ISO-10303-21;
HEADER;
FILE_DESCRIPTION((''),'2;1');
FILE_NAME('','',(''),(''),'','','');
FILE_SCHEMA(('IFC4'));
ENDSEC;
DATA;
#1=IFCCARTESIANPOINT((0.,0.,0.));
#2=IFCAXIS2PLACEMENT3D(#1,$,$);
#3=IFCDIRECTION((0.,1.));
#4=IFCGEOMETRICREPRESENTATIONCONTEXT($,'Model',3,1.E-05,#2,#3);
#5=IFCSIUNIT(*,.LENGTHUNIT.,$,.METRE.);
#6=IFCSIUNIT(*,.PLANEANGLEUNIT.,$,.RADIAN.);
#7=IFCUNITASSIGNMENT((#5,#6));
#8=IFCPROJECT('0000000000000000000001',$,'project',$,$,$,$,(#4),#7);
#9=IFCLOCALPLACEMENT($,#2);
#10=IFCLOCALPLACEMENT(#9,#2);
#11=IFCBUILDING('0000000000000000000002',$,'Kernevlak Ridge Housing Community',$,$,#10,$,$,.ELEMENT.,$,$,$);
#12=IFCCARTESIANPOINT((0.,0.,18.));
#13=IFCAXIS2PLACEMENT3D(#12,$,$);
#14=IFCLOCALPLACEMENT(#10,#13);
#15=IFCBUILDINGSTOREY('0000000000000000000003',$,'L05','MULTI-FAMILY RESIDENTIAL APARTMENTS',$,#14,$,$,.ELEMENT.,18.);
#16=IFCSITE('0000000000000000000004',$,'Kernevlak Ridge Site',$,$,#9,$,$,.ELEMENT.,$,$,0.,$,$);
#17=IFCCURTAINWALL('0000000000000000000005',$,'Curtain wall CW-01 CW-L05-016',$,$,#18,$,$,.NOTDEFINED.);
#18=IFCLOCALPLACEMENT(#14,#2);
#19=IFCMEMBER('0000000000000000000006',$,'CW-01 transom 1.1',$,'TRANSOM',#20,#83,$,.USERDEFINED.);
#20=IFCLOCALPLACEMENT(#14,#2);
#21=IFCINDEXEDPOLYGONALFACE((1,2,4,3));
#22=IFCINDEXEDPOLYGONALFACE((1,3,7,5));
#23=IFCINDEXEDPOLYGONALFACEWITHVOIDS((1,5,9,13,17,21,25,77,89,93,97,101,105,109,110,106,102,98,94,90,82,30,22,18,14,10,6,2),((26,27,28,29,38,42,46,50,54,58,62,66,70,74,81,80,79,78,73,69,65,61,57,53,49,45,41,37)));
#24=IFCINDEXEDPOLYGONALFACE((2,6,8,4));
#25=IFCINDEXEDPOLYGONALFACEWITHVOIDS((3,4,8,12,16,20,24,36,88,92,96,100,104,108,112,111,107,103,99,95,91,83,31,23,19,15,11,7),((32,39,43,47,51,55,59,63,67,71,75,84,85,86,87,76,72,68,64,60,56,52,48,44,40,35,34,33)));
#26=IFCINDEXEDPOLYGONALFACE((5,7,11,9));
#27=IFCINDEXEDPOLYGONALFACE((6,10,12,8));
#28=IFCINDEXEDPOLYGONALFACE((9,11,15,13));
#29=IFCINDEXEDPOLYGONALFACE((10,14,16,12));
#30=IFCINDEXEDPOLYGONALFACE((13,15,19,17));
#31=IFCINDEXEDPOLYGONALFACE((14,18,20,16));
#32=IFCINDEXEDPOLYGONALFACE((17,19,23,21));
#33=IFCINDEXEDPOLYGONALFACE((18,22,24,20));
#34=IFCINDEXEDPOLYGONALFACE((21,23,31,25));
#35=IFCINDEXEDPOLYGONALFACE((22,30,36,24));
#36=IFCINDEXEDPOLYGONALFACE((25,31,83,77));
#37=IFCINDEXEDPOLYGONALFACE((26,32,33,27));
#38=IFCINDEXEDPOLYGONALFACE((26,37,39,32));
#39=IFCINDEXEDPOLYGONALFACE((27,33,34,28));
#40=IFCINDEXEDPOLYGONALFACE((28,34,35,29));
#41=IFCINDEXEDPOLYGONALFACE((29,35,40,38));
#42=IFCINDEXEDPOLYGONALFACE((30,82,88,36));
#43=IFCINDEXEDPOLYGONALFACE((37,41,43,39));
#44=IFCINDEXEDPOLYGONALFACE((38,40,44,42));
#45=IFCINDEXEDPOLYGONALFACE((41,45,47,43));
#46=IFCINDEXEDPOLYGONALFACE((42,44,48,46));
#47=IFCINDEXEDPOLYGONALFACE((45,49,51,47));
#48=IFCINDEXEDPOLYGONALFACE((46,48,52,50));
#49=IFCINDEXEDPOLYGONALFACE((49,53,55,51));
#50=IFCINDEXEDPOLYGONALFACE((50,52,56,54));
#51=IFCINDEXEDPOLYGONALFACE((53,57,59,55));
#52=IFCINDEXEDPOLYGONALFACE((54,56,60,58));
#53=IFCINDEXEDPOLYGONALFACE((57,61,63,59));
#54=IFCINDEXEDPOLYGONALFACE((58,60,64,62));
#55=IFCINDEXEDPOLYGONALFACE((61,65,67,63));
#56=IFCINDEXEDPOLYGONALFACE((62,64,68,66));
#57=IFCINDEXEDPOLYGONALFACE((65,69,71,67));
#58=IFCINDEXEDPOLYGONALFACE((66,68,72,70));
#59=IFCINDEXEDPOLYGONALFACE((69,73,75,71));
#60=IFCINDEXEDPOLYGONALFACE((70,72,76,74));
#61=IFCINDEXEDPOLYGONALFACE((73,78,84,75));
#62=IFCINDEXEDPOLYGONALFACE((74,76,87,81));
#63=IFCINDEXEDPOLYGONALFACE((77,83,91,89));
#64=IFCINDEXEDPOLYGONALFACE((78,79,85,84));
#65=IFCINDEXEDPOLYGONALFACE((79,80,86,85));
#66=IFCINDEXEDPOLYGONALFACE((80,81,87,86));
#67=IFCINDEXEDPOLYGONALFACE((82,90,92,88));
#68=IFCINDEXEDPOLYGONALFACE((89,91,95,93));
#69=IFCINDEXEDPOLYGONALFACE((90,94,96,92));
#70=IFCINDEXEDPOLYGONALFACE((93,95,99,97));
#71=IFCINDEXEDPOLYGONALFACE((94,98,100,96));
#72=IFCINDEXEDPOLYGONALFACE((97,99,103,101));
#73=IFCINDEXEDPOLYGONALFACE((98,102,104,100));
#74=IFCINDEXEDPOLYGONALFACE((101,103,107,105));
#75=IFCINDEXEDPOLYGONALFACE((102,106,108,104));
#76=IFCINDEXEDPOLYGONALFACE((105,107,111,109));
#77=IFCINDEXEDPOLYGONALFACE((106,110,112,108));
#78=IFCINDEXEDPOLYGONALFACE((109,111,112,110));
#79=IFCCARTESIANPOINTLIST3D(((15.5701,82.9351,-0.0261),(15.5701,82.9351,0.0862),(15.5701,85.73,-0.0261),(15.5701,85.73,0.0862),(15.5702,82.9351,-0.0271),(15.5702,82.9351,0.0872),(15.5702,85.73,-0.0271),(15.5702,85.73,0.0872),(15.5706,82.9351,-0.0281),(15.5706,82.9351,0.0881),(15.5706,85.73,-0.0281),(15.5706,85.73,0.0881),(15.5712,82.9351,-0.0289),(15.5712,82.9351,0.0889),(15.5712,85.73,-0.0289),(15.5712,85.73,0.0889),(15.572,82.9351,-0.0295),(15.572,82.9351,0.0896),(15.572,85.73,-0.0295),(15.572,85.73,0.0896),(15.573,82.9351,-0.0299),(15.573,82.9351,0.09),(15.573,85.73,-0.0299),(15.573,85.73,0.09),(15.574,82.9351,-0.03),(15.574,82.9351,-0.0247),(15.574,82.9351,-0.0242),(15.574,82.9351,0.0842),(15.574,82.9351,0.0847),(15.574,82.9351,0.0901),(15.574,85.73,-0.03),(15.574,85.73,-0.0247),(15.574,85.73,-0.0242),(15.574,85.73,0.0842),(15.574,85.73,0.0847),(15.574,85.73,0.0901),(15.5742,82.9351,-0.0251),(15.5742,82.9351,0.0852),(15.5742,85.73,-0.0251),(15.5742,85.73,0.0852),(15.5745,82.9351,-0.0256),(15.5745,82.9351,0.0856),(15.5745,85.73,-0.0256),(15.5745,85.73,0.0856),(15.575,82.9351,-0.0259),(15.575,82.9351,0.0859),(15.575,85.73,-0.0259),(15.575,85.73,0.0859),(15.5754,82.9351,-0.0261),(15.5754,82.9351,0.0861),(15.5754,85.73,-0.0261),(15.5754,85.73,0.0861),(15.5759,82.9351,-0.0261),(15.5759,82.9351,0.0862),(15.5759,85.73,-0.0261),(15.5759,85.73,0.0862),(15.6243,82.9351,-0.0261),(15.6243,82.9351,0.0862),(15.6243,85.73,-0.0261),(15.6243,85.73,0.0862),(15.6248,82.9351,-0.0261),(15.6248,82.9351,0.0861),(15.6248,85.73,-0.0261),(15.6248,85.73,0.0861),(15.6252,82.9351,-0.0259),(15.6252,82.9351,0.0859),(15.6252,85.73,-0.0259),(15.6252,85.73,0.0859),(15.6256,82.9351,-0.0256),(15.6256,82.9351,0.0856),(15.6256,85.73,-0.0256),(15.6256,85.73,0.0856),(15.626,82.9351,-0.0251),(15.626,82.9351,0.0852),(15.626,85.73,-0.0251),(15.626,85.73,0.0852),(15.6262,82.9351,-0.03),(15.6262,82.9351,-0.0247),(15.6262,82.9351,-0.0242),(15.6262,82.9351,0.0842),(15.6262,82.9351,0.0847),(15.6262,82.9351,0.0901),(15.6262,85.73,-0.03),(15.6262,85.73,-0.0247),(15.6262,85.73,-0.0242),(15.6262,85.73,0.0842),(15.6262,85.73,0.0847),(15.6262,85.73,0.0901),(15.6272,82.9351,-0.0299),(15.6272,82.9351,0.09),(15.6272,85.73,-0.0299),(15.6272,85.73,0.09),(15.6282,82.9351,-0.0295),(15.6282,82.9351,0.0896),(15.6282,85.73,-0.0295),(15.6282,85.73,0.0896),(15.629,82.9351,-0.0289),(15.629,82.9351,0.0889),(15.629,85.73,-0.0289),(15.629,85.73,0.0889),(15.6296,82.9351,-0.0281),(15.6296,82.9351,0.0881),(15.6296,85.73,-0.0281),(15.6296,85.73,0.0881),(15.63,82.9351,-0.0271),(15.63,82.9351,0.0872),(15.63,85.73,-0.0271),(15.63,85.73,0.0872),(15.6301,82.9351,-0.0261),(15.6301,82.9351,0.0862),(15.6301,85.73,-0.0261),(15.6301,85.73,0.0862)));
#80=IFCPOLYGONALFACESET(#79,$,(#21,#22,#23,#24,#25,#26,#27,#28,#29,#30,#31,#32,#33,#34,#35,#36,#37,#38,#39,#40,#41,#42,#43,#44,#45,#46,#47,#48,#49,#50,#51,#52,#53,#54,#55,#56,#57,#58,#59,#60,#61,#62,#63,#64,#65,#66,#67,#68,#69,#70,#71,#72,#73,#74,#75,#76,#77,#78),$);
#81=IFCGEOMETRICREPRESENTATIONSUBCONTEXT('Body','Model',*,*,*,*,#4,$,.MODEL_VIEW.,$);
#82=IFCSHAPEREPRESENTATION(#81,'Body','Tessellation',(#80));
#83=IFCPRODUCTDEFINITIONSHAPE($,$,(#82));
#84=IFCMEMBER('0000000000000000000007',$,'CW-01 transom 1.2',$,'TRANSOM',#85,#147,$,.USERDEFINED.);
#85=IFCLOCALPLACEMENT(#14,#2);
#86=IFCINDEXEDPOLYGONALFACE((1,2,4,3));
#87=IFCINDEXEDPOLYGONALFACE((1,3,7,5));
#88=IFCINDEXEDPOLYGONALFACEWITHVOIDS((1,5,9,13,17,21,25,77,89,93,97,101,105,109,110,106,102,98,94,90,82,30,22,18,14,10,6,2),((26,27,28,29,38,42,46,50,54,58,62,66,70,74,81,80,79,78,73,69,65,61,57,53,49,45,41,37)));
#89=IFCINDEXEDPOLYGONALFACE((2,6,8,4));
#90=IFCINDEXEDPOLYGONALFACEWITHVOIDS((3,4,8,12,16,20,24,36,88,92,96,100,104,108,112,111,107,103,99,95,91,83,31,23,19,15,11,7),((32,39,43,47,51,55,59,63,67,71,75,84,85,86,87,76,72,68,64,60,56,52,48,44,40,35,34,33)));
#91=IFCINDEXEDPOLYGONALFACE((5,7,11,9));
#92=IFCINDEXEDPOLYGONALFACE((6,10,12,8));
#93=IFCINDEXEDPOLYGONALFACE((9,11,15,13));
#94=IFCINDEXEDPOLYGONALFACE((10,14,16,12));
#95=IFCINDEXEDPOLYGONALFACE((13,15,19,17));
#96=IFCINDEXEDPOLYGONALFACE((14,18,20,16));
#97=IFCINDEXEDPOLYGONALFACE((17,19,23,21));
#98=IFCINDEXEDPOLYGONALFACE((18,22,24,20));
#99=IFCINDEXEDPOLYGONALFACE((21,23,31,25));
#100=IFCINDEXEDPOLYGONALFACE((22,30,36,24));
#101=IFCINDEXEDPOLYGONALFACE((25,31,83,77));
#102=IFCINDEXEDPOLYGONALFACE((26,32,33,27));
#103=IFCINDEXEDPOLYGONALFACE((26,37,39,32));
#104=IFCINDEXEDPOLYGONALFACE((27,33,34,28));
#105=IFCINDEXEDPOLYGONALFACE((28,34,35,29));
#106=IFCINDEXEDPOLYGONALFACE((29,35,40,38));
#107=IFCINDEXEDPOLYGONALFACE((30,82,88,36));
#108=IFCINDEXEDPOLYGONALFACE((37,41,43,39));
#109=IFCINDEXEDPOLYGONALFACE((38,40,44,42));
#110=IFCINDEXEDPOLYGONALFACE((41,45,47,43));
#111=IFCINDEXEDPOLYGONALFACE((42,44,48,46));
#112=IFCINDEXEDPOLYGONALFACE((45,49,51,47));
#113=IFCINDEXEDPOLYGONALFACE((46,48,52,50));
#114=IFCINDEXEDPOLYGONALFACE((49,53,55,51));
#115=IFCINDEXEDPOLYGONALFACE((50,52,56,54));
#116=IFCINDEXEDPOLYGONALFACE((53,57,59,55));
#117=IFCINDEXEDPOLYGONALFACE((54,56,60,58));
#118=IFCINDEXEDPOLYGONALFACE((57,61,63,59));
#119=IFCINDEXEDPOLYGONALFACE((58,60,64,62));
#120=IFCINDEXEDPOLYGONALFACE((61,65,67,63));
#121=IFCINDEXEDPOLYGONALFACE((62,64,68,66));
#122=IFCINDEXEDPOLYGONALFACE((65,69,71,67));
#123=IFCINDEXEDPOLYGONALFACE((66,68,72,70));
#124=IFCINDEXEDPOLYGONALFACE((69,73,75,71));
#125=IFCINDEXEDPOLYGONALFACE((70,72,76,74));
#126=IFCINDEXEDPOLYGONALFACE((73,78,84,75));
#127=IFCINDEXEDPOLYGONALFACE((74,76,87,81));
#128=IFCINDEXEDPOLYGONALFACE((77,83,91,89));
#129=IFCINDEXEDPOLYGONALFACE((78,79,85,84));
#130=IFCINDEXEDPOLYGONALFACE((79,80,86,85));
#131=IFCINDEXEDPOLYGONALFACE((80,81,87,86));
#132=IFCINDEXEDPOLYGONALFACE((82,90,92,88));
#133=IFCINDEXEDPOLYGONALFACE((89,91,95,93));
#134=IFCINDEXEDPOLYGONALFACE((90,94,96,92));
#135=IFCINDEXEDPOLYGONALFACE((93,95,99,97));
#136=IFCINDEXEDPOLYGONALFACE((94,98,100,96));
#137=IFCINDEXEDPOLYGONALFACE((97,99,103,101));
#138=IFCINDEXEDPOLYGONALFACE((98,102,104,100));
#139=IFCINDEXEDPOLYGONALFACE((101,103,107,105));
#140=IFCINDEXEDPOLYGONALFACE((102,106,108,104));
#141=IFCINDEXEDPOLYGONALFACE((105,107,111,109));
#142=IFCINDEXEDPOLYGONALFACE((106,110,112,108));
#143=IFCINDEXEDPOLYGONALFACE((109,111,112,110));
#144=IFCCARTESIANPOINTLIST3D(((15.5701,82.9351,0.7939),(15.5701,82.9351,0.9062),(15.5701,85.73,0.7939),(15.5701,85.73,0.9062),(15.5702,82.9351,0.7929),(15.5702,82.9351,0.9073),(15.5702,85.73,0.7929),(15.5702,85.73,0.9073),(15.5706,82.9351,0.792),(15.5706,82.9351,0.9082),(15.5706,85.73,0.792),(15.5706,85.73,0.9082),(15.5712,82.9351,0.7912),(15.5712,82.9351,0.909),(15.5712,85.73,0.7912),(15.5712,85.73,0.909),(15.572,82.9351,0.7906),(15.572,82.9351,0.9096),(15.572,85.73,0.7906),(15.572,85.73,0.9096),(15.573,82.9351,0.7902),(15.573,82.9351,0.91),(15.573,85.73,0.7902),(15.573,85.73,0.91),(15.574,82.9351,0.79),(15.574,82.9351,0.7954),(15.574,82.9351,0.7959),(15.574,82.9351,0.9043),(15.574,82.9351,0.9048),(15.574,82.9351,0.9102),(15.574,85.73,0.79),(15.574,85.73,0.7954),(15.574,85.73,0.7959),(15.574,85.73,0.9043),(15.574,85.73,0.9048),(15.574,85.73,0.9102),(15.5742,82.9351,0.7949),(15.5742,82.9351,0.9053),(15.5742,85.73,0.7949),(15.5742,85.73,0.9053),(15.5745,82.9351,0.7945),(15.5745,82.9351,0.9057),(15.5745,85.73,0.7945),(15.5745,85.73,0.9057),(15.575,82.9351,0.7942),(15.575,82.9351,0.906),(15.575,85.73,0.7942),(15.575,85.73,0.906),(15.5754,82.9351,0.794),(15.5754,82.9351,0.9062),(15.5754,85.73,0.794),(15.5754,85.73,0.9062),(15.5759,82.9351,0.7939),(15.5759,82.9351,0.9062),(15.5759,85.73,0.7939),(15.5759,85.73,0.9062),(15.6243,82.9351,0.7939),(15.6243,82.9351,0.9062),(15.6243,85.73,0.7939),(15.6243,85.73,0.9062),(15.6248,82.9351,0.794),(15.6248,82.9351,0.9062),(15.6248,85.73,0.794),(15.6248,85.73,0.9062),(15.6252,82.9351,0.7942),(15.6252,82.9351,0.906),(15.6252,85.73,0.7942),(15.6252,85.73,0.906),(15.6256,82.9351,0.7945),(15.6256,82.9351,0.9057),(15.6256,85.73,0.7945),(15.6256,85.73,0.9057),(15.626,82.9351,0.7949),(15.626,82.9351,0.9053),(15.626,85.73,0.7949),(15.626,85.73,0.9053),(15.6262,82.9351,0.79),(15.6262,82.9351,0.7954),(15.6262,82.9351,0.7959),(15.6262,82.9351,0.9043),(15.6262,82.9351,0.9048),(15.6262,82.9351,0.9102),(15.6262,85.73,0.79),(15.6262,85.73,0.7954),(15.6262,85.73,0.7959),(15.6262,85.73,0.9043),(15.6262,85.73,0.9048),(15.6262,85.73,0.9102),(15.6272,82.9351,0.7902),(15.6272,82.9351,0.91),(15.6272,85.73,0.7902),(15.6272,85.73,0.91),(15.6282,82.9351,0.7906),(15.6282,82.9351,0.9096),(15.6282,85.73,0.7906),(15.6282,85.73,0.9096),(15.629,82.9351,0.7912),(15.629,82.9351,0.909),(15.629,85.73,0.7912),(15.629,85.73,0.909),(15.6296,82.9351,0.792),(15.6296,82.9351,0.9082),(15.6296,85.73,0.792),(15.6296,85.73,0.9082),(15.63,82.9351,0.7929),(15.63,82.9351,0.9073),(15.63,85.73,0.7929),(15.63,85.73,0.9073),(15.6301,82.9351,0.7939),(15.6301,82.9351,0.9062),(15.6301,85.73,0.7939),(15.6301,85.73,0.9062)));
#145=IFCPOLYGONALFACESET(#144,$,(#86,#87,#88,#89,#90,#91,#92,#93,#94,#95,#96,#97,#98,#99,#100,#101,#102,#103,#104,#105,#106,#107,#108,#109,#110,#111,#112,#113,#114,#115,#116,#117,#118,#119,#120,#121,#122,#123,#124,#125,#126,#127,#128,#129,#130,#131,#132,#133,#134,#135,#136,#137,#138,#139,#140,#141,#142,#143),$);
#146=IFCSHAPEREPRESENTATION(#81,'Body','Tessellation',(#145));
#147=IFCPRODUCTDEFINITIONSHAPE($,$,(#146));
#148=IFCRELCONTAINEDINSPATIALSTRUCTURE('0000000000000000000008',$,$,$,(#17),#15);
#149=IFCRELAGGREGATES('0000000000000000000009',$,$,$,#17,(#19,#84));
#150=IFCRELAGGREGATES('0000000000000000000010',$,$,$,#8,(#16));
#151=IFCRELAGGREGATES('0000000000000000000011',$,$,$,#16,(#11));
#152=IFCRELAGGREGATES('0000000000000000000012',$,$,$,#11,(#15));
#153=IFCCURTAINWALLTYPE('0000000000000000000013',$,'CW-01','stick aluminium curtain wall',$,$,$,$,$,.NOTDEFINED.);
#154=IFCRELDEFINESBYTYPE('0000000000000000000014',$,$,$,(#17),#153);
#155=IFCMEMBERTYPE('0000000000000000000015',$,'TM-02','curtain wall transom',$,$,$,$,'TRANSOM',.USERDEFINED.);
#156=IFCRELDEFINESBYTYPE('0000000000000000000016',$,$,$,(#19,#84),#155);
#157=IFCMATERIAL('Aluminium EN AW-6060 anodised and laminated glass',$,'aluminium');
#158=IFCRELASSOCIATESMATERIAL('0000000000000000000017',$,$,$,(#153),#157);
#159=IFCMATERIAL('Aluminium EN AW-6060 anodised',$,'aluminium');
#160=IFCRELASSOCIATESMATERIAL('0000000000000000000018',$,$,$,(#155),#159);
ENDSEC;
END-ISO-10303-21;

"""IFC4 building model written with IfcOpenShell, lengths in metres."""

from ifc_helpers import new_model, si_unit, direction, frame, origin, origin_2d, place, context, subcontext, project, spatial, hollow_rectangle, extrude, material, material_profile, profile_set, type_object, element, aggregate, save


model = new_model("IFC4")

# Units and contexts
model_context = context("Model", 3, precision=1e-05, world=origin(), true_north=direction((0.0, 1.0)))
body_context = subcontext(model_context, "Body", "Model", "MODEL_VIEW")
ifc_project = project(units=[si_unit("LENGTHUNIT", "METRE"), si_unit("PLANEANGLEUNIT", "RADIAN")], contexts=[model_context])

# Site, building, storey
site_placement = place(None, origin())
site = spatial("IfcSite", under=ifc_project, at=site_placement, Name="Kernevlak Ridge Site", CompositionType="ELEMENT", RefElevation=0.0)
building_placement = place(site_placement, origin())
building = spatial("IfcBuilding", under=site, at=building_placement, Name="Kernevlak Ridge Housing Community", CompositionType="ELEMENT")
storey_placement = place(building_placement, frame((0.0, 0.0, 18.0)))
storey = spatial("IfcBuildingStorey", under=building, at=storey_placement, Name="L05", Description="MULTI-FAMILY RESIDENTIAL APARTMENTS", CompositionType="ELEMENT", Elevation=18.0)

# Curtain wall
ifc_material_1 = material(Name="Aluminium EN AW-6060 anodised and laminated glass", Category="aluminium")
curtain_wall_type = type_object("IfcCurtainWallType", Name="CW-01", Description="stick aluminium curtain wall", PredefinedType="NOTDEFINED", material=ifc_material_1)
curtain_wall_placement = place(storey_placement, origin())
curtain_wall = element("IfcCurtainWall", 1, at=curtain_wall_placement, inside=storey, type_object=curtain_wall_type, Name="Curtain wall CW-01 CW-L05-016", PredefinedType="NOTDEFINED")
ifc_material_2 = material(Name="Aluminium EN AW-6060 anodised", Category="aluminium")

# Members
ifc_material_profile_1 = material_profile(ifc_material_2, hollow_rectangle(XDim=0.0601, YDim=0.1201, WallThickness=0.0039, InnerFilletRadius=0.002, OuterFilletRadius=0.0039, at=origin_2d()), Name="ALU 60x120x4")
ifc_profile_set_1 = profile_set([ifc_material_profile_1], Name="Aluminium EN AW-6060 anodised")
member_type_1 = type_object("IfcMemberType", Name="TM-02", Description="curtain wall transom", ElementType="TRANSOM", PredefinedType="USERDEFINED", material=ifc_profile_set_1)
member_1_placement = place(storey_placement, frame((15.6001, 82.9351, 0.03), z_axis=(0.0, 1.0, 0.0), x_axis=(-1.0, 0.0, 0.0)))
member_1 = element("IfcMember", 2, at=member_1_placement, type_object=member_type_1, Name="CW-01 transom 1.1", ObjectType="TRANSOM", PredefinedType="USERDEFINED", context=body_context, shape_type="SweptSolid", body=[
    extrude(hollow_rectangle(XDim=0.0601, YDim=0.1201, WallThickness=0.0039, InnerFilletRadius=0.002, OuterFilletRadius=0.0039, at=origin_2d()), origin(), (0.0, 0.0, 1.0), 2.7949),
])
member_2_placement = place(storey_placement, frame((15.6001, 82.9351, 0.8501), z_axis=(0.0, 1.0, 0.0), x_axis=(-1.0, 0.0, 0.0)))
member_2 = element("IfcMember", 3, at=member_2_placement, type_object=member_type_1, Name="CW-01 transom 1.2", ObjectType="TRANSOM", PredefinedType="USERDEFINED", context=body_context, shape_type="SweptSolid", body=[
    extrude(hollow_rectangle(XDim=0.0601, YDim=0.1201, WallThickness=0.0039, InnerFilletRadius=0.002, OuterFilletRadius=0.0039, at=origin_2d()), origin(), (0.0, 0.0, 1.0), 2.7949),
])

aggregate(curtain_wall, [member_1, member_2])

save(model, "model.ifc")
